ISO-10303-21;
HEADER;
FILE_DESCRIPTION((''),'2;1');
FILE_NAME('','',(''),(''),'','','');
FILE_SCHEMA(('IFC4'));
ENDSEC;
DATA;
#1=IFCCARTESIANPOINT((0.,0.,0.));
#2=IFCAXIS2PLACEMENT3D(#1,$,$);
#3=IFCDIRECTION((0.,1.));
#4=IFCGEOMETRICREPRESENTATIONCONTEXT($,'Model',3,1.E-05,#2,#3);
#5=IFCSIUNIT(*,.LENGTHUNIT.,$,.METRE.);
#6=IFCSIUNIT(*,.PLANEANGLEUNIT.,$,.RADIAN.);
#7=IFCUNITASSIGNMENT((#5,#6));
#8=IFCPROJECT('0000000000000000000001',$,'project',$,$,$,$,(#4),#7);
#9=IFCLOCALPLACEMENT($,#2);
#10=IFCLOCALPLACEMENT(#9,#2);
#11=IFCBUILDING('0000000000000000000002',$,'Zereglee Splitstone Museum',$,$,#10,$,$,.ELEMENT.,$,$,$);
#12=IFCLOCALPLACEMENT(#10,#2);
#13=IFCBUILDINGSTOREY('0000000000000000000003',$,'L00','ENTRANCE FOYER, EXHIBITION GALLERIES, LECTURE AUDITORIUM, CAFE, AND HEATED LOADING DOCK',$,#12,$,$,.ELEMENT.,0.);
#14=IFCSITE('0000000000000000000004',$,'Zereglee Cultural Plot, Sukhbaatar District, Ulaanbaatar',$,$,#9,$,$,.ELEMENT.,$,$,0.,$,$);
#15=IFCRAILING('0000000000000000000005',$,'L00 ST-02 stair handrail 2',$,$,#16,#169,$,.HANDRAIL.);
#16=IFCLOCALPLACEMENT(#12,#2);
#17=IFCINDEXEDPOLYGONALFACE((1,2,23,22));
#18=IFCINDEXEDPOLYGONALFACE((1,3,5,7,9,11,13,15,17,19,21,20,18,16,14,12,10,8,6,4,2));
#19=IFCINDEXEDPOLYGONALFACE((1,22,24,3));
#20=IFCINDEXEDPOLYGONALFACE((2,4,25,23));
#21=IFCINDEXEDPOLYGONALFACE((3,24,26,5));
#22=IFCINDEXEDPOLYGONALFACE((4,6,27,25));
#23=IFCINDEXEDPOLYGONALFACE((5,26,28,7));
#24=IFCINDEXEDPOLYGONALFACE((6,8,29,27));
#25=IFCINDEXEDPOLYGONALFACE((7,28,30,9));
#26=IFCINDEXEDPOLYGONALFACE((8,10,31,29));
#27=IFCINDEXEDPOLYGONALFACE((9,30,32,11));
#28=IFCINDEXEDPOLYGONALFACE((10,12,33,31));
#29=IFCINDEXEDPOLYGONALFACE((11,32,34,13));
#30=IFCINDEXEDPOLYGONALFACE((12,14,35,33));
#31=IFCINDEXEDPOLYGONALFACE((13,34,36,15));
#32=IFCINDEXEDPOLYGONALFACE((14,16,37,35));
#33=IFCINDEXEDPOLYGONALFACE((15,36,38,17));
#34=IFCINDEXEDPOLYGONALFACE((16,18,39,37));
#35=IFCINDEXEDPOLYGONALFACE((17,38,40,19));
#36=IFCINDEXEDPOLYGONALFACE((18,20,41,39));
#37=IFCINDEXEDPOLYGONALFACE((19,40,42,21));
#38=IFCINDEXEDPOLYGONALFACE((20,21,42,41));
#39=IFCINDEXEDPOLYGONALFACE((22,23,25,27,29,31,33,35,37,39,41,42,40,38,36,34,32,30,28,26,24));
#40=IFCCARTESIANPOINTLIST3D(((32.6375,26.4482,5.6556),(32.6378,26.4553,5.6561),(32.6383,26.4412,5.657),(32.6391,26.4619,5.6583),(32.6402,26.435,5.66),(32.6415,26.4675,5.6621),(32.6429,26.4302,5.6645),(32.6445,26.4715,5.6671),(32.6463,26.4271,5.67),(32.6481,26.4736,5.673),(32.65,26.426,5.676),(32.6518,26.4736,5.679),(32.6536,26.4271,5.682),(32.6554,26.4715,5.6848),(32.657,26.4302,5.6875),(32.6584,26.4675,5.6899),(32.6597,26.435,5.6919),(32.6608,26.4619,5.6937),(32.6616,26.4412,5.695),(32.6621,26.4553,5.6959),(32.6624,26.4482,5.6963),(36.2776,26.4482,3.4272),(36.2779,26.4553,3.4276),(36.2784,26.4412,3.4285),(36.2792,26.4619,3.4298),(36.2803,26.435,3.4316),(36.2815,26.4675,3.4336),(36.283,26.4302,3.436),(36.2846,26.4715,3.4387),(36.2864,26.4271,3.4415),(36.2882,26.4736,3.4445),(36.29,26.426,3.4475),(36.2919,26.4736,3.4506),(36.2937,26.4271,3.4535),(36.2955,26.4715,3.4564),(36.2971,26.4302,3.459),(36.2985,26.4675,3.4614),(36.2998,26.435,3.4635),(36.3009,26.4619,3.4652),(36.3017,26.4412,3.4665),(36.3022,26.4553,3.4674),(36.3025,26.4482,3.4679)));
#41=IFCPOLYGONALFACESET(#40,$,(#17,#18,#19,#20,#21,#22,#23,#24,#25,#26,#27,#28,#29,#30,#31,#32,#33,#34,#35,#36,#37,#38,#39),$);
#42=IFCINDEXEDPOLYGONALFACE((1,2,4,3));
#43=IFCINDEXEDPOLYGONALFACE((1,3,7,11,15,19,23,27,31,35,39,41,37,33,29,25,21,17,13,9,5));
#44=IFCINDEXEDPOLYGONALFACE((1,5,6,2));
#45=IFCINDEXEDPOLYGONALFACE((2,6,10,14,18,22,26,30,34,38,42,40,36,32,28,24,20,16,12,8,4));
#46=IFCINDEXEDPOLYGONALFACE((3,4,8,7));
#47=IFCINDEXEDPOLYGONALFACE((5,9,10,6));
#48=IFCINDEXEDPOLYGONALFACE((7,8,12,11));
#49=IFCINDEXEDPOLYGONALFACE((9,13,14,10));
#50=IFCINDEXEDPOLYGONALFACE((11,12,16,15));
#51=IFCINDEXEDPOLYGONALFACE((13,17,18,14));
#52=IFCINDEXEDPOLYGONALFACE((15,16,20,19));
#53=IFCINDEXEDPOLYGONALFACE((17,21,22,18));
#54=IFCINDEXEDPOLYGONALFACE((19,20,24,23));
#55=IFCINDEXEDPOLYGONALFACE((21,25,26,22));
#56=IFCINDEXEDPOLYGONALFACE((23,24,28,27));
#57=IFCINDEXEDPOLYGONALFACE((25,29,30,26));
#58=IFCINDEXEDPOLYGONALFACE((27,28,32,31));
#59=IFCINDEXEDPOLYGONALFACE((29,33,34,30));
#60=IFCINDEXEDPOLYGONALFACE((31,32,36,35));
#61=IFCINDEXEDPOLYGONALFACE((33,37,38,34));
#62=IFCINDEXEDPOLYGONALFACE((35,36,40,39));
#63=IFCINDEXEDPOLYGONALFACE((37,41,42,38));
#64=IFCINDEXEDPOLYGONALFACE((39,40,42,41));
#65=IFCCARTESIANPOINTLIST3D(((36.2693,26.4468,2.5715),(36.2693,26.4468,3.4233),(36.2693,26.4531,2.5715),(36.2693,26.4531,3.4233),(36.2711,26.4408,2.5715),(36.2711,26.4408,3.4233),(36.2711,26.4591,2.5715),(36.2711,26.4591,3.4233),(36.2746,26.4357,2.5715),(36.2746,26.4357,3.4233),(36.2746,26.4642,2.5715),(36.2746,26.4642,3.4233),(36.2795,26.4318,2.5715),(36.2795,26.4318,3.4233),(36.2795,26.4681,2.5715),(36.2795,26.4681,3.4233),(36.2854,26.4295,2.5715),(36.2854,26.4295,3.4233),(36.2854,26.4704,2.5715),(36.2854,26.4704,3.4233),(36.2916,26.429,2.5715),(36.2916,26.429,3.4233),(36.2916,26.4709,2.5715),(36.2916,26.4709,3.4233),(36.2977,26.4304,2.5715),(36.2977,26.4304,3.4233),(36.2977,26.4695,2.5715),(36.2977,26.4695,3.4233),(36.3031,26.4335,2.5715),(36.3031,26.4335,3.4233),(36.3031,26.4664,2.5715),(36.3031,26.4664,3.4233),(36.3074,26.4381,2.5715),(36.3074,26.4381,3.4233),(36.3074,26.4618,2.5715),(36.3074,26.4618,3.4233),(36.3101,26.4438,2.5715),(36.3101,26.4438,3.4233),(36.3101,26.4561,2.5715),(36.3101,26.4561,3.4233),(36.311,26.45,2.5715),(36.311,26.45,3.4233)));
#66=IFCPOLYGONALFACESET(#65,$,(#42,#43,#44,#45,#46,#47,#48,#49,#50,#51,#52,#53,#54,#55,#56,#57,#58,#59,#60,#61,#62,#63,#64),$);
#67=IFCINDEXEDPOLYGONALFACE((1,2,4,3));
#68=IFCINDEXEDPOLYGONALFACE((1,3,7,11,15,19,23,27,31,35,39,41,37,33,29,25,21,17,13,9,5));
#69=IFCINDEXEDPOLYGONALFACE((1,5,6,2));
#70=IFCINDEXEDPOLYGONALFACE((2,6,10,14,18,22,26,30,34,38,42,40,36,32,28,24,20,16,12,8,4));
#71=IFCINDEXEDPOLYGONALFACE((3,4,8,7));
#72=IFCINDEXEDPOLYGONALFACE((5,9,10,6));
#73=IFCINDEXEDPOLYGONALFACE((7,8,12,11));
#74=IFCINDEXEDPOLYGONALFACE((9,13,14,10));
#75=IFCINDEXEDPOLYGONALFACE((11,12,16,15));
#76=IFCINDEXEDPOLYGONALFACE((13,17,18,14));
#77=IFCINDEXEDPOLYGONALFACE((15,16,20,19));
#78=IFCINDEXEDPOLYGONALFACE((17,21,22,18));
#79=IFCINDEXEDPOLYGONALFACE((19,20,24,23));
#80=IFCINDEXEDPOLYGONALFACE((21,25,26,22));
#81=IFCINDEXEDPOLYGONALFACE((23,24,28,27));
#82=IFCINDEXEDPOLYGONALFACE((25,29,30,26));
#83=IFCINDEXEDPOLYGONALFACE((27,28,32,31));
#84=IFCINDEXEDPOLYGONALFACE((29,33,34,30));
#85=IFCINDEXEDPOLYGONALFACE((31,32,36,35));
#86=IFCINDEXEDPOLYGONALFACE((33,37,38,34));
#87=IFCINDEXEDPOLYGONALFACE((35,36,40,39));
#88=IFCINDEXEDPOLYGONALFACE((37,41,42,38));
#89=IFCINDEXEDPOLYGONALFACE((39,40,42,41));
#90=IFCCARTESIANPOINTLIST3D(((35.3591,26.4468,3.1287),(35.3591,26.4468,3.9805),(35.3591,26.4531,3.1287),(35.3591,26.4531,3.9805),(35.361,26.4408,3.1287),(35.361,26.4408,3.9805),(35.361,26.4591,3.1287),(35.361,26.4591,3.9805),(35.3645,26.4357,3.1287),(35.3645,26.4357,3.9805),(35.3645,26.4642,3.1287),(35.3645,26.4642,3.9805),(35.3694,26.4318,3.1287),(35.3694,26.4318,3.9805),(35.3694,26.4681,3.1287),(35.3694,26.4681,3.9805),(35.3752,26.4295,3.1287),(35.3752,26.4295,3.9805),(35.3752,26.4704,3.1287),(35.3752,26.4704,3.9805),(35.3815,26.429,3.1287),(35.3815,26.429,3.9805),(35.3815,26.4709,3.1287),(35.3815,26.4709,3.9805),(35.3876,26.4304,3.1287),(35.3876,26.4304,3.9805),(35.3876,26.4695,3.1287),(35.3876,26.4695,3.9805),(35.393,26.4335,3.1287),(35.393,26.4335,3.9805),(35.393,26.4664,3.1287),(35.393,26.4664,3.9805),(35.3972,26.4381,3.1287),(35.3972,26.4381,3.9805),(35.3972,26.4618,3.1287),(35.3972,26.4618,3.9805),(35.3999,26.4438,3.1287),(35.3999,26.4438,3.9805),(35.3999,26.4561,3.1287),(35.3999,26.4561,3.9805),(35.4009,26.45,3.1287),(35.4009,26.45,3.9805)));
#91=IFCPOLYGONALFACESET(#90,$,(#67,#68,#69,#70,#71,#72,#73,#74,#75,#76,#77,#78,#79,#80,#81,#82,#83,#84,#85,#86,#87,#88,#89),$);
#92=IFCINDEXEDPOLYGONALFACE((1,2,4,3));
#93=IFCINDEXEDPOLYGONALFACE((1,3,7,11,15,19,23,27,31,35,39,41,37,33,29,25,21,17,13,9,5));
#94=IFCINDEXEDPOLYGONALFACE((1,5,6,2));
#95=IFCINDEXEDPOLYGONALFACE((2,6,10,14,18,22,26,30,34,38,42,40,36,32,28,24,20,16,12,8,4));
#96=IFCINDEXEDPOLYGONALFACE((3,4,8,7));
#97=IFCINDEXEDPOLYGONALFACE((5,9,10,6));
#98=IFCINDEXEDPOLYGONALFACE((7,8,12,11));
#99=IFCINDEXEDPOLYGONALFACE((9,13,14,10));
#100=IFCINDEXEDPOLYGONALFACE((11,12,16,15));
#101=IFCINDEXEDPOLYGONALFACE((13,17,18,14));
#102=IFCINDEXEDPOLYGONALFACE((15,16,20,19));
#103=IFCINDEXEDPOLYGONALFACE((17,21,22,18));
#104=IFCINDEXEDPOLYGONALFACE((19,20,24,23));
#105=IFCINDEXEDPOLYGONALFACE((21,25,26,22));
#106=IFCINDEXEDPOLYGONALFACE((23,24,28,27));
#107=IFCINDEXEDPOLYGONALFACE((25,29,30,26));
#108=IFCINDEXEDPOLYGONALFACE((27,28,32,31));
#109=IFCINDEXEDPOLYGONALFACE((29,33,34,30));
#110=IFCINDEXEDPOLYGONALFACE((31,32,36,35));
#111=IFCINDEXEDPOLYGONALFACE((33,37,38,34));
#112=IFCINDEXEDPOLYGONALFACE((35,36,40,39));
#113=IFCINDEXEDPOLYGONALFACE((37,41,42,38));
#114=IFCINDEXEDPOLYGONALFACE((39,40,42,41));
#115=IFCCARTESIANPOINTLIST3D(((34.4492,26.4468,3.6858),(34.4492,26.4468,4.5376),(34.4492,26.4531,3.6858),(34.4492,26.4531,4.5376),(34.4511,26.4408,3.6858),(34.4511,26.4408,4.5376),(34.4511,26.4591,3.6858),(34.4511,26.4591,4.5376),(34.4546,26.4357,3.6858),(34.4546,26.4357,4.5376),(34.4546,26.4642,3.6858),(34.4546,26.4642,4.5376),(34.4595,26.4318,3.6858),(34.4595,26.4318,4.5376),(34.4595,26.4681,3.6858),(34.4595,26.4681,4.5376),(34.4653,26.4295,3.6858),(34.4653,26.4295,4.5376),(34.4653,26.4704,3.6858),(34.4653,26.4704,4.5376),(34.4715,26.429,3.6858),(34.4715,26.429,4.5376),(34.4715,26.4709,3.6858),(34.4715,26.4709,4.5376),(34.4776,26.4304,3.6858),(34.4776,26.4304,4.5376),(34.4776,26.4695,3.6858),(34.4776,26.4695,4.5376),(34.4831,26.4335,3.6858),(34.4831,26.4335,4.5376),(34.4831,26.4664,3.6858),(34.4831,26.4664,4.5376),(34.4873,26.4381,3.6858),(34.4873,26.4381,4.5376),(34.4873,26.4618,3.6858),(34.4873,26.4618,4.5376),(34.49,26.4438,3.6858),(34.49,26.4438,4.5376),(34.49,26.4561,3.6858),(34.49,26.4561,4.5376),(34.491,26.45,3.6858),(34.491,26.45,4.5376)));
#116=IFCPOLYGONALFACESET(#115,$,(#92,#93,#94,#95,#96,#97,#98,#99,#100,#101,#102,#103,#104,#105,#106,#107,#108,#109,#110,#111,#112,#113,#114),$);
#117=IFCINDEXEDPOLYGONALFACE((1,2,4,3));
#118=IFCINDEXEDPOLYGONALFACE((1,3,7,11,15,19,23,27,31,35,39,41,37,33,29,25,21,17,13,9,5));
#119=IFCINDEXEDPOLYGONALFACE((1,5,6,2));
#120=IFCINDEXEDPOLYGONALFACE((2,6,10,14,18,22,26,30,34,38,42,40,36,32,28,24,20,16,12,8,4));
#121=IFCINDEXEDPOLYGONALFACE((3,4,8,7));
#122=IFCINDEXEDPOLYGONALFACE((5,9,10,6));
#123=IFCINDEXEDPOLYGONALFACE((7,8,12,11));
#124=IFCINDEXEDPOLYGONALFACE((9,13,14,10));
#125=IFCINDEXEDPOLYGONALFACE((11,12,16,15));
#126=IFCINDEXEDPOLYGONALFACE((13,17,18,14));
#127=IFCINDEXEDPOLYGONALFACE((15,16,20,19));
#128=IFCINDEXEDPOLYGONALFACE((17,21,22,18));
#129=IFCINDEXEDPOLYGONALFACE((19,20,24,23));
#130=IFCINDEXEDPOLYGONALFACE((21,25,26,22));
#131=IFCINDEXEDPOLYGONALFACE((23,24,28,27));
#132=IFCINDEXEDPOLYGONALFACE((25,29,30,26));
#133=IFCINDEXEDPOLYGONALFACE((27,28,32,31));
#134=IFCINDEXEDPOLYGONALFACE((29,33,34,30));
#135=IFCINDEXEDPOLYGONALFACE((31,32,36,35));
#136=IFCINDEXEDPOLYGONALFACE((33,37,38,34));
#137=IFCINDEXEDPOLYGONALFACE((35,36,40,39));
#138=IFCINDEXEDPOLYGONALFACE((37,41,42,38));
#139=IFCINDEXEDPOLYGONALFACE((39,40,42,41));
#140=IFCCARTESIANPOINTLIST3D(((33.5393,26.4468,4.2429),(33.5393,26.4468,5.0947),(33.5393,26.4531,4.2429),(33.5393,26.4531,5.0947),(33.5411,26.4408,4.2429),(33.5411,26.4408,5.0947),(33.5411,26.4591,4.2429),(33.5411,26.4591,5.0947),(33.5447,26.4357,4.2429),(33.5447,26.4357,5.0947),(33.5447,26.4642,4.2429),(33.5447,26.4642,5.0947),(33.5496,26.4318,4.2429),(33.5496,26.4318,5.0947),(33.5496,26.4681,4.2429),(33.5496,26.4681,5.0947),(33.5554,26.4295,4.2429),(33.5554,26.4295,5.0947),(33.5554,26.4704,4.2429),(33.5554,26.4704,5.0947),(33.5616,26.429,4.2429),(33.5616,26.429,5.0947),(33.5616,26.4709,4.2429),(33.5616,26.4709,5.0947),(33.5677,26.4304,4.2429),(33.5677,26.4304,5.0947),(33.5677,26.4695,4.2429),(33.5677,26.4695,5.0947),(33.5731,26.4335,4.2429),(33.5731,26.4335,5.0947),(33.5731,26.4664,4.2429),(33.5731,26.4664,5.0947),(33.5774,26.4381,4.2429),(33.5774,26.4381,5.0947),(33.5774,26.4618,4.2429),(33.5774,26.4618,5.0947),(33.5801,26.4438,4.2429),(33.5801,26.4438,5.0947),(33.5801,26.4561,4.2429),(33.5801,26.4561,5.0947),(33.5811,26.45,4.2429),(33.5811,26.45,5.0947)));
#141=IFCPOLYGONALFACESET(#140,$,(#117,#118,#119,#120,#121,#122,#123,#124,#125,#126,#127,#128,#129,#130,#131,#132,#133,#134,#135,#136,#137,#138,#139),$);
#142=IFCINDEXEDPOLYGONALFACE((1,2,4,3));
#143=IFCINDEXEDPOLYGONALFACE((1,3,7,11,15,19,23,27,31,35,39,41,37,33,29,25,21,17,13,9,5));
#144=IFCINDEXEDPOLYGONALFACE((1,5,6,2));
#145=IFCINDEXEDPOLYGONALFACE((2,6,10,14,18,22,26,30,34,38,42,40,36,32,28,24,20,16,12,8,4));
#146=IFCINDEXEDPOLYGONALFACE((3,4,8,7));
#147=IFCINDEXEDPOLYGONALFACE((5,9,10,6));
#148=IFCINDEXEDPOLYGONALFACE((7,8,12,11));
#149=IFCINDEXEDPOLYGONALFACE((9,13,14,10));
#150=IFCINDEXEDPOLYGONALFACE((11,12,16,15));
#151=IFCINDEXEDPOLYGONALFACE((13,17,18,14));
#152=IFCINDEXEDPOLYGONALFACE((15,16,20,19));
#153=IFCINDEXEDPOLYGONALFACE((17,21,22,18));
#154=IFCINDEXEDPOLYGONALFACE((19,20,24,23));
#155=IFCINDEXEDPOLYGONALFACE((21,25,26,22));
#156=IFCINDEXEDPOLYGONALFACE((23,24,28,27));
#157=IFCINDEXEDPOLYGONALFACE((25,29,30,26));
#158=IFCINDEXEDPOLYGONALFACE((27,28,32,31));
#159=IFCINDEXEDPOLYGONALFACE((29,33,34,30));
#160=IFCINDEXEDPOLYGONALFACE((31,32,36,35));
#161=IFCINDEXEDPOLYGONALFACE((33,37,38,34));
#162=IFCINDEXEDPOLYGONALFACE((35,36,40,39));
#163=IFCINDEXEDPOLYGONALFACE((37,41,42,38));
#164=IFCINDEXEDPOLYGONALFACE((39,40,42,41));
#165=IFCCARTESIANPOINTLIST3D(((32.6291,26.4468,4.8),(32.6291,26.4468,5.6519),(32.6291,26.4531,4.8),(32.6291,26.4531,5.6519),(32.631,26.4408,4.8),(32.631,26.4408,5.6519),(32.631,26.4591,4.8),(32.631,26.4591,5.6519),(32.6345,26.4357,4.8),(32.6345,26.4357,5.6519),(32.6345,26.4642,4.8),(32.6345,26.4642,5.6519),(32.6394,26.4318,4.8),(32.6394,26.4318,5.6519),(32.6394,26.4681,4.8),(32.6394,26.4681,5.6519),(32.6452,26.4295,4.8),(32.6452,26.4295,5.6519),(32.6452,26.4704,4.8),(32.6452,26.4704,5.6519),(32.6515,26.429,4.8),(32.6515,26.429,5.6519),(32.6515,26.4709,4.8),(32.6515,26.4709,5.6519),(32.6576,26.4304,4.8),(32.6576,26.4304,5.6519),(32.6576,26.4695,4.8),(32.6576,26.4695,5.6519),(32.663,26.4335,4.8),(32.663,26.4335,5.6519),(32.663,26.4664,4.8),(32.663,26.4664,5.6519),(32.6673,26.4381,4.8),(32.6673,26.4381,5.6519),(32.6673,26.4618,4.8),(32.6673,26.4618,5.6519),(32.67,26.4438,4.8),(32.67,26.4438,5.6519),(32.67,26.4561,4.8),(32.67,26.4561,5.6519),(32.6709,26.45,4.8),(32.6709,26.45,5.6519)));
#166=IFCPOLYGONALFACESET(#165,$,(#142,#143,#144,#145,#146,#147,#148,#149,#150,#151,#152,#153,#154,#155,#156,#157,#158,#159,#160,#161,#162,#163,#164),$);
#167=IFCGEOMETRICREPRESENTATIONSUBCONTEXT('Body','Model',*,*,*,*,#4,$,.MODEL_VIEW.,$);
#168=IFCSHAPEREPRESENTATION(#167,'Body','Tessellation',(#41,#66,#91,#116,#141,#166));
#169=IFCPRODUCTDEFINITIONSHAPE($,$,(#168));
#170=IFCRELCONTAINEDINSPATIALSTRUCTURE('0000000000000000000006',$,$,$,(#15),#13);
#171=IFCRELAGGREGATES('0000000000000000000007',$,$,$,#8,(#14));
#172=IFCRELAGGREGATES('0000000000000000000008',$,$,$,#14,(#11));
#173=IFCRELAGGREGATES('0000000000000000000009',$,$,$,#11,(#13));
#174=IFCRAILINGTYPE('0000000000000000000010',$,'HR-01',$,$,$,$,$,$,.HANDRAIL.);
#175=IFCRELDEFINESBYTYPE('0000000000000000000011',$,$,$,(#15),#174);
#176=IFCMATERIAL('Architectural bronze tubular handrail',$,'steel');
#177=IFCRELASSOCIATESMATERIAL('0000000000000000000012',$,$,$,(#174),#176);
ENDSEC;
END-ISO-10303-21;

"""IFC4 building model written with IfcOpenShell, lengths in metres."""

from ifc_helpers import new_model, si_unit, direction, frame, origin, origin_2d, place, context, subcontext, project, spatial, circle, extrude, material, type_object, element, save


model = new_model("IFC4")

# Units and contexts
model_context = context("Model", 3, precision=1e-05, world=origin(), true_north=direction((0.0, 1.0)))
body_context = subcontext(model_context, "Body", "Model", "MODEL_VIEW")
ifc_project = project(units=[si_unit("LENGTHUNIT", "METRE"), si_unit("PLANEANGLEUNIT", "RADIAN")], contexts=[model_context])

# Site, building, storey
site_placement = place(None, origin())
site = spatial("IfcSite", under=ifc_project, at=site_placement, Name="Zereglee Cultural Plot, Sukhbaatar District, Ulaanbaatar", CompositionType="ELEMENT", RefElevation=0.0)
building_placement = place(site_placement, origin())
building = spatial("IfcBuilding", under=site, at=building_placement, Name="Zereglee Splitstone Museum", CompositionType="ELEMENT")
storey_placement = place(building_placement, origin())
storey = spatial("IfcBuildingStorey", under=building, at=storey_placement, Name="L00", Description="ENTRANCE FOYER, EXHIBITION GALLERIES, LECTURE AUDITORIUM, CAFE, AND HEATED LOADING DOCK", CompositionType="ELEMENT", Elevation=0.0)

# Railing
ifc_material_1 = material(Name="Architectural bronze tubular handrail", Category="steel")
railing_type_1 = type_object("IfcRailingType", Name="HR-01", PredefinedType="HANDRAIL", material=ifc_material_1)
railing_1_placement = place(storey_placement, frame((36.29, 26.45, 2.5715)))
element("IfcRailing", 1, at=railing_1_placement, inside=storey, type_object=railing_type_1, Name="L00 ST-02 stair handrail 2", PredefinedType="HANDRAIL", context=body_context, shape_type="SweptSolid", body=[
    extrude(circle(Radius=0.0239, at=origin_2d()), frame((0.0, 0.0, 0.876), z_axis=(-0.852866, 0.0, 0.52213), x_axis=(0.0, -1.0, 0.0)), (0.0, 0.0, 1.0), 4.2681),
    extrude(circle(Radius=0.021, at=origin_2d()), origin(), (0.0, 0.0, 1.0), 0.8518),
    extrude(circle(Radius=0.021, at=origin_2d()), frame((-0.9102, 0.0, 0.5571)), (0.0, 0.0, 1.0), 0.8518),
    extrude(circle(Radius=0.021, at=origin_2d()), frame((-1.8201, 0.0, 1.1143)), (0.0, 0.0, 1.0), 0.8518),
    extrude(circle(Radius=0.021, at=origin_2d()), frame((-2.73, 0.0, 1.6714)), (0.0, 0.0, 1.0), 0.8518),
    extrude(circle(Radius=0.021, at=origin_2d()), frame((-3.6401, 0.0, 2.2285)), (0.0, 0.0, 1.0), 0.8518),
])

save(model, "model.ifc")
